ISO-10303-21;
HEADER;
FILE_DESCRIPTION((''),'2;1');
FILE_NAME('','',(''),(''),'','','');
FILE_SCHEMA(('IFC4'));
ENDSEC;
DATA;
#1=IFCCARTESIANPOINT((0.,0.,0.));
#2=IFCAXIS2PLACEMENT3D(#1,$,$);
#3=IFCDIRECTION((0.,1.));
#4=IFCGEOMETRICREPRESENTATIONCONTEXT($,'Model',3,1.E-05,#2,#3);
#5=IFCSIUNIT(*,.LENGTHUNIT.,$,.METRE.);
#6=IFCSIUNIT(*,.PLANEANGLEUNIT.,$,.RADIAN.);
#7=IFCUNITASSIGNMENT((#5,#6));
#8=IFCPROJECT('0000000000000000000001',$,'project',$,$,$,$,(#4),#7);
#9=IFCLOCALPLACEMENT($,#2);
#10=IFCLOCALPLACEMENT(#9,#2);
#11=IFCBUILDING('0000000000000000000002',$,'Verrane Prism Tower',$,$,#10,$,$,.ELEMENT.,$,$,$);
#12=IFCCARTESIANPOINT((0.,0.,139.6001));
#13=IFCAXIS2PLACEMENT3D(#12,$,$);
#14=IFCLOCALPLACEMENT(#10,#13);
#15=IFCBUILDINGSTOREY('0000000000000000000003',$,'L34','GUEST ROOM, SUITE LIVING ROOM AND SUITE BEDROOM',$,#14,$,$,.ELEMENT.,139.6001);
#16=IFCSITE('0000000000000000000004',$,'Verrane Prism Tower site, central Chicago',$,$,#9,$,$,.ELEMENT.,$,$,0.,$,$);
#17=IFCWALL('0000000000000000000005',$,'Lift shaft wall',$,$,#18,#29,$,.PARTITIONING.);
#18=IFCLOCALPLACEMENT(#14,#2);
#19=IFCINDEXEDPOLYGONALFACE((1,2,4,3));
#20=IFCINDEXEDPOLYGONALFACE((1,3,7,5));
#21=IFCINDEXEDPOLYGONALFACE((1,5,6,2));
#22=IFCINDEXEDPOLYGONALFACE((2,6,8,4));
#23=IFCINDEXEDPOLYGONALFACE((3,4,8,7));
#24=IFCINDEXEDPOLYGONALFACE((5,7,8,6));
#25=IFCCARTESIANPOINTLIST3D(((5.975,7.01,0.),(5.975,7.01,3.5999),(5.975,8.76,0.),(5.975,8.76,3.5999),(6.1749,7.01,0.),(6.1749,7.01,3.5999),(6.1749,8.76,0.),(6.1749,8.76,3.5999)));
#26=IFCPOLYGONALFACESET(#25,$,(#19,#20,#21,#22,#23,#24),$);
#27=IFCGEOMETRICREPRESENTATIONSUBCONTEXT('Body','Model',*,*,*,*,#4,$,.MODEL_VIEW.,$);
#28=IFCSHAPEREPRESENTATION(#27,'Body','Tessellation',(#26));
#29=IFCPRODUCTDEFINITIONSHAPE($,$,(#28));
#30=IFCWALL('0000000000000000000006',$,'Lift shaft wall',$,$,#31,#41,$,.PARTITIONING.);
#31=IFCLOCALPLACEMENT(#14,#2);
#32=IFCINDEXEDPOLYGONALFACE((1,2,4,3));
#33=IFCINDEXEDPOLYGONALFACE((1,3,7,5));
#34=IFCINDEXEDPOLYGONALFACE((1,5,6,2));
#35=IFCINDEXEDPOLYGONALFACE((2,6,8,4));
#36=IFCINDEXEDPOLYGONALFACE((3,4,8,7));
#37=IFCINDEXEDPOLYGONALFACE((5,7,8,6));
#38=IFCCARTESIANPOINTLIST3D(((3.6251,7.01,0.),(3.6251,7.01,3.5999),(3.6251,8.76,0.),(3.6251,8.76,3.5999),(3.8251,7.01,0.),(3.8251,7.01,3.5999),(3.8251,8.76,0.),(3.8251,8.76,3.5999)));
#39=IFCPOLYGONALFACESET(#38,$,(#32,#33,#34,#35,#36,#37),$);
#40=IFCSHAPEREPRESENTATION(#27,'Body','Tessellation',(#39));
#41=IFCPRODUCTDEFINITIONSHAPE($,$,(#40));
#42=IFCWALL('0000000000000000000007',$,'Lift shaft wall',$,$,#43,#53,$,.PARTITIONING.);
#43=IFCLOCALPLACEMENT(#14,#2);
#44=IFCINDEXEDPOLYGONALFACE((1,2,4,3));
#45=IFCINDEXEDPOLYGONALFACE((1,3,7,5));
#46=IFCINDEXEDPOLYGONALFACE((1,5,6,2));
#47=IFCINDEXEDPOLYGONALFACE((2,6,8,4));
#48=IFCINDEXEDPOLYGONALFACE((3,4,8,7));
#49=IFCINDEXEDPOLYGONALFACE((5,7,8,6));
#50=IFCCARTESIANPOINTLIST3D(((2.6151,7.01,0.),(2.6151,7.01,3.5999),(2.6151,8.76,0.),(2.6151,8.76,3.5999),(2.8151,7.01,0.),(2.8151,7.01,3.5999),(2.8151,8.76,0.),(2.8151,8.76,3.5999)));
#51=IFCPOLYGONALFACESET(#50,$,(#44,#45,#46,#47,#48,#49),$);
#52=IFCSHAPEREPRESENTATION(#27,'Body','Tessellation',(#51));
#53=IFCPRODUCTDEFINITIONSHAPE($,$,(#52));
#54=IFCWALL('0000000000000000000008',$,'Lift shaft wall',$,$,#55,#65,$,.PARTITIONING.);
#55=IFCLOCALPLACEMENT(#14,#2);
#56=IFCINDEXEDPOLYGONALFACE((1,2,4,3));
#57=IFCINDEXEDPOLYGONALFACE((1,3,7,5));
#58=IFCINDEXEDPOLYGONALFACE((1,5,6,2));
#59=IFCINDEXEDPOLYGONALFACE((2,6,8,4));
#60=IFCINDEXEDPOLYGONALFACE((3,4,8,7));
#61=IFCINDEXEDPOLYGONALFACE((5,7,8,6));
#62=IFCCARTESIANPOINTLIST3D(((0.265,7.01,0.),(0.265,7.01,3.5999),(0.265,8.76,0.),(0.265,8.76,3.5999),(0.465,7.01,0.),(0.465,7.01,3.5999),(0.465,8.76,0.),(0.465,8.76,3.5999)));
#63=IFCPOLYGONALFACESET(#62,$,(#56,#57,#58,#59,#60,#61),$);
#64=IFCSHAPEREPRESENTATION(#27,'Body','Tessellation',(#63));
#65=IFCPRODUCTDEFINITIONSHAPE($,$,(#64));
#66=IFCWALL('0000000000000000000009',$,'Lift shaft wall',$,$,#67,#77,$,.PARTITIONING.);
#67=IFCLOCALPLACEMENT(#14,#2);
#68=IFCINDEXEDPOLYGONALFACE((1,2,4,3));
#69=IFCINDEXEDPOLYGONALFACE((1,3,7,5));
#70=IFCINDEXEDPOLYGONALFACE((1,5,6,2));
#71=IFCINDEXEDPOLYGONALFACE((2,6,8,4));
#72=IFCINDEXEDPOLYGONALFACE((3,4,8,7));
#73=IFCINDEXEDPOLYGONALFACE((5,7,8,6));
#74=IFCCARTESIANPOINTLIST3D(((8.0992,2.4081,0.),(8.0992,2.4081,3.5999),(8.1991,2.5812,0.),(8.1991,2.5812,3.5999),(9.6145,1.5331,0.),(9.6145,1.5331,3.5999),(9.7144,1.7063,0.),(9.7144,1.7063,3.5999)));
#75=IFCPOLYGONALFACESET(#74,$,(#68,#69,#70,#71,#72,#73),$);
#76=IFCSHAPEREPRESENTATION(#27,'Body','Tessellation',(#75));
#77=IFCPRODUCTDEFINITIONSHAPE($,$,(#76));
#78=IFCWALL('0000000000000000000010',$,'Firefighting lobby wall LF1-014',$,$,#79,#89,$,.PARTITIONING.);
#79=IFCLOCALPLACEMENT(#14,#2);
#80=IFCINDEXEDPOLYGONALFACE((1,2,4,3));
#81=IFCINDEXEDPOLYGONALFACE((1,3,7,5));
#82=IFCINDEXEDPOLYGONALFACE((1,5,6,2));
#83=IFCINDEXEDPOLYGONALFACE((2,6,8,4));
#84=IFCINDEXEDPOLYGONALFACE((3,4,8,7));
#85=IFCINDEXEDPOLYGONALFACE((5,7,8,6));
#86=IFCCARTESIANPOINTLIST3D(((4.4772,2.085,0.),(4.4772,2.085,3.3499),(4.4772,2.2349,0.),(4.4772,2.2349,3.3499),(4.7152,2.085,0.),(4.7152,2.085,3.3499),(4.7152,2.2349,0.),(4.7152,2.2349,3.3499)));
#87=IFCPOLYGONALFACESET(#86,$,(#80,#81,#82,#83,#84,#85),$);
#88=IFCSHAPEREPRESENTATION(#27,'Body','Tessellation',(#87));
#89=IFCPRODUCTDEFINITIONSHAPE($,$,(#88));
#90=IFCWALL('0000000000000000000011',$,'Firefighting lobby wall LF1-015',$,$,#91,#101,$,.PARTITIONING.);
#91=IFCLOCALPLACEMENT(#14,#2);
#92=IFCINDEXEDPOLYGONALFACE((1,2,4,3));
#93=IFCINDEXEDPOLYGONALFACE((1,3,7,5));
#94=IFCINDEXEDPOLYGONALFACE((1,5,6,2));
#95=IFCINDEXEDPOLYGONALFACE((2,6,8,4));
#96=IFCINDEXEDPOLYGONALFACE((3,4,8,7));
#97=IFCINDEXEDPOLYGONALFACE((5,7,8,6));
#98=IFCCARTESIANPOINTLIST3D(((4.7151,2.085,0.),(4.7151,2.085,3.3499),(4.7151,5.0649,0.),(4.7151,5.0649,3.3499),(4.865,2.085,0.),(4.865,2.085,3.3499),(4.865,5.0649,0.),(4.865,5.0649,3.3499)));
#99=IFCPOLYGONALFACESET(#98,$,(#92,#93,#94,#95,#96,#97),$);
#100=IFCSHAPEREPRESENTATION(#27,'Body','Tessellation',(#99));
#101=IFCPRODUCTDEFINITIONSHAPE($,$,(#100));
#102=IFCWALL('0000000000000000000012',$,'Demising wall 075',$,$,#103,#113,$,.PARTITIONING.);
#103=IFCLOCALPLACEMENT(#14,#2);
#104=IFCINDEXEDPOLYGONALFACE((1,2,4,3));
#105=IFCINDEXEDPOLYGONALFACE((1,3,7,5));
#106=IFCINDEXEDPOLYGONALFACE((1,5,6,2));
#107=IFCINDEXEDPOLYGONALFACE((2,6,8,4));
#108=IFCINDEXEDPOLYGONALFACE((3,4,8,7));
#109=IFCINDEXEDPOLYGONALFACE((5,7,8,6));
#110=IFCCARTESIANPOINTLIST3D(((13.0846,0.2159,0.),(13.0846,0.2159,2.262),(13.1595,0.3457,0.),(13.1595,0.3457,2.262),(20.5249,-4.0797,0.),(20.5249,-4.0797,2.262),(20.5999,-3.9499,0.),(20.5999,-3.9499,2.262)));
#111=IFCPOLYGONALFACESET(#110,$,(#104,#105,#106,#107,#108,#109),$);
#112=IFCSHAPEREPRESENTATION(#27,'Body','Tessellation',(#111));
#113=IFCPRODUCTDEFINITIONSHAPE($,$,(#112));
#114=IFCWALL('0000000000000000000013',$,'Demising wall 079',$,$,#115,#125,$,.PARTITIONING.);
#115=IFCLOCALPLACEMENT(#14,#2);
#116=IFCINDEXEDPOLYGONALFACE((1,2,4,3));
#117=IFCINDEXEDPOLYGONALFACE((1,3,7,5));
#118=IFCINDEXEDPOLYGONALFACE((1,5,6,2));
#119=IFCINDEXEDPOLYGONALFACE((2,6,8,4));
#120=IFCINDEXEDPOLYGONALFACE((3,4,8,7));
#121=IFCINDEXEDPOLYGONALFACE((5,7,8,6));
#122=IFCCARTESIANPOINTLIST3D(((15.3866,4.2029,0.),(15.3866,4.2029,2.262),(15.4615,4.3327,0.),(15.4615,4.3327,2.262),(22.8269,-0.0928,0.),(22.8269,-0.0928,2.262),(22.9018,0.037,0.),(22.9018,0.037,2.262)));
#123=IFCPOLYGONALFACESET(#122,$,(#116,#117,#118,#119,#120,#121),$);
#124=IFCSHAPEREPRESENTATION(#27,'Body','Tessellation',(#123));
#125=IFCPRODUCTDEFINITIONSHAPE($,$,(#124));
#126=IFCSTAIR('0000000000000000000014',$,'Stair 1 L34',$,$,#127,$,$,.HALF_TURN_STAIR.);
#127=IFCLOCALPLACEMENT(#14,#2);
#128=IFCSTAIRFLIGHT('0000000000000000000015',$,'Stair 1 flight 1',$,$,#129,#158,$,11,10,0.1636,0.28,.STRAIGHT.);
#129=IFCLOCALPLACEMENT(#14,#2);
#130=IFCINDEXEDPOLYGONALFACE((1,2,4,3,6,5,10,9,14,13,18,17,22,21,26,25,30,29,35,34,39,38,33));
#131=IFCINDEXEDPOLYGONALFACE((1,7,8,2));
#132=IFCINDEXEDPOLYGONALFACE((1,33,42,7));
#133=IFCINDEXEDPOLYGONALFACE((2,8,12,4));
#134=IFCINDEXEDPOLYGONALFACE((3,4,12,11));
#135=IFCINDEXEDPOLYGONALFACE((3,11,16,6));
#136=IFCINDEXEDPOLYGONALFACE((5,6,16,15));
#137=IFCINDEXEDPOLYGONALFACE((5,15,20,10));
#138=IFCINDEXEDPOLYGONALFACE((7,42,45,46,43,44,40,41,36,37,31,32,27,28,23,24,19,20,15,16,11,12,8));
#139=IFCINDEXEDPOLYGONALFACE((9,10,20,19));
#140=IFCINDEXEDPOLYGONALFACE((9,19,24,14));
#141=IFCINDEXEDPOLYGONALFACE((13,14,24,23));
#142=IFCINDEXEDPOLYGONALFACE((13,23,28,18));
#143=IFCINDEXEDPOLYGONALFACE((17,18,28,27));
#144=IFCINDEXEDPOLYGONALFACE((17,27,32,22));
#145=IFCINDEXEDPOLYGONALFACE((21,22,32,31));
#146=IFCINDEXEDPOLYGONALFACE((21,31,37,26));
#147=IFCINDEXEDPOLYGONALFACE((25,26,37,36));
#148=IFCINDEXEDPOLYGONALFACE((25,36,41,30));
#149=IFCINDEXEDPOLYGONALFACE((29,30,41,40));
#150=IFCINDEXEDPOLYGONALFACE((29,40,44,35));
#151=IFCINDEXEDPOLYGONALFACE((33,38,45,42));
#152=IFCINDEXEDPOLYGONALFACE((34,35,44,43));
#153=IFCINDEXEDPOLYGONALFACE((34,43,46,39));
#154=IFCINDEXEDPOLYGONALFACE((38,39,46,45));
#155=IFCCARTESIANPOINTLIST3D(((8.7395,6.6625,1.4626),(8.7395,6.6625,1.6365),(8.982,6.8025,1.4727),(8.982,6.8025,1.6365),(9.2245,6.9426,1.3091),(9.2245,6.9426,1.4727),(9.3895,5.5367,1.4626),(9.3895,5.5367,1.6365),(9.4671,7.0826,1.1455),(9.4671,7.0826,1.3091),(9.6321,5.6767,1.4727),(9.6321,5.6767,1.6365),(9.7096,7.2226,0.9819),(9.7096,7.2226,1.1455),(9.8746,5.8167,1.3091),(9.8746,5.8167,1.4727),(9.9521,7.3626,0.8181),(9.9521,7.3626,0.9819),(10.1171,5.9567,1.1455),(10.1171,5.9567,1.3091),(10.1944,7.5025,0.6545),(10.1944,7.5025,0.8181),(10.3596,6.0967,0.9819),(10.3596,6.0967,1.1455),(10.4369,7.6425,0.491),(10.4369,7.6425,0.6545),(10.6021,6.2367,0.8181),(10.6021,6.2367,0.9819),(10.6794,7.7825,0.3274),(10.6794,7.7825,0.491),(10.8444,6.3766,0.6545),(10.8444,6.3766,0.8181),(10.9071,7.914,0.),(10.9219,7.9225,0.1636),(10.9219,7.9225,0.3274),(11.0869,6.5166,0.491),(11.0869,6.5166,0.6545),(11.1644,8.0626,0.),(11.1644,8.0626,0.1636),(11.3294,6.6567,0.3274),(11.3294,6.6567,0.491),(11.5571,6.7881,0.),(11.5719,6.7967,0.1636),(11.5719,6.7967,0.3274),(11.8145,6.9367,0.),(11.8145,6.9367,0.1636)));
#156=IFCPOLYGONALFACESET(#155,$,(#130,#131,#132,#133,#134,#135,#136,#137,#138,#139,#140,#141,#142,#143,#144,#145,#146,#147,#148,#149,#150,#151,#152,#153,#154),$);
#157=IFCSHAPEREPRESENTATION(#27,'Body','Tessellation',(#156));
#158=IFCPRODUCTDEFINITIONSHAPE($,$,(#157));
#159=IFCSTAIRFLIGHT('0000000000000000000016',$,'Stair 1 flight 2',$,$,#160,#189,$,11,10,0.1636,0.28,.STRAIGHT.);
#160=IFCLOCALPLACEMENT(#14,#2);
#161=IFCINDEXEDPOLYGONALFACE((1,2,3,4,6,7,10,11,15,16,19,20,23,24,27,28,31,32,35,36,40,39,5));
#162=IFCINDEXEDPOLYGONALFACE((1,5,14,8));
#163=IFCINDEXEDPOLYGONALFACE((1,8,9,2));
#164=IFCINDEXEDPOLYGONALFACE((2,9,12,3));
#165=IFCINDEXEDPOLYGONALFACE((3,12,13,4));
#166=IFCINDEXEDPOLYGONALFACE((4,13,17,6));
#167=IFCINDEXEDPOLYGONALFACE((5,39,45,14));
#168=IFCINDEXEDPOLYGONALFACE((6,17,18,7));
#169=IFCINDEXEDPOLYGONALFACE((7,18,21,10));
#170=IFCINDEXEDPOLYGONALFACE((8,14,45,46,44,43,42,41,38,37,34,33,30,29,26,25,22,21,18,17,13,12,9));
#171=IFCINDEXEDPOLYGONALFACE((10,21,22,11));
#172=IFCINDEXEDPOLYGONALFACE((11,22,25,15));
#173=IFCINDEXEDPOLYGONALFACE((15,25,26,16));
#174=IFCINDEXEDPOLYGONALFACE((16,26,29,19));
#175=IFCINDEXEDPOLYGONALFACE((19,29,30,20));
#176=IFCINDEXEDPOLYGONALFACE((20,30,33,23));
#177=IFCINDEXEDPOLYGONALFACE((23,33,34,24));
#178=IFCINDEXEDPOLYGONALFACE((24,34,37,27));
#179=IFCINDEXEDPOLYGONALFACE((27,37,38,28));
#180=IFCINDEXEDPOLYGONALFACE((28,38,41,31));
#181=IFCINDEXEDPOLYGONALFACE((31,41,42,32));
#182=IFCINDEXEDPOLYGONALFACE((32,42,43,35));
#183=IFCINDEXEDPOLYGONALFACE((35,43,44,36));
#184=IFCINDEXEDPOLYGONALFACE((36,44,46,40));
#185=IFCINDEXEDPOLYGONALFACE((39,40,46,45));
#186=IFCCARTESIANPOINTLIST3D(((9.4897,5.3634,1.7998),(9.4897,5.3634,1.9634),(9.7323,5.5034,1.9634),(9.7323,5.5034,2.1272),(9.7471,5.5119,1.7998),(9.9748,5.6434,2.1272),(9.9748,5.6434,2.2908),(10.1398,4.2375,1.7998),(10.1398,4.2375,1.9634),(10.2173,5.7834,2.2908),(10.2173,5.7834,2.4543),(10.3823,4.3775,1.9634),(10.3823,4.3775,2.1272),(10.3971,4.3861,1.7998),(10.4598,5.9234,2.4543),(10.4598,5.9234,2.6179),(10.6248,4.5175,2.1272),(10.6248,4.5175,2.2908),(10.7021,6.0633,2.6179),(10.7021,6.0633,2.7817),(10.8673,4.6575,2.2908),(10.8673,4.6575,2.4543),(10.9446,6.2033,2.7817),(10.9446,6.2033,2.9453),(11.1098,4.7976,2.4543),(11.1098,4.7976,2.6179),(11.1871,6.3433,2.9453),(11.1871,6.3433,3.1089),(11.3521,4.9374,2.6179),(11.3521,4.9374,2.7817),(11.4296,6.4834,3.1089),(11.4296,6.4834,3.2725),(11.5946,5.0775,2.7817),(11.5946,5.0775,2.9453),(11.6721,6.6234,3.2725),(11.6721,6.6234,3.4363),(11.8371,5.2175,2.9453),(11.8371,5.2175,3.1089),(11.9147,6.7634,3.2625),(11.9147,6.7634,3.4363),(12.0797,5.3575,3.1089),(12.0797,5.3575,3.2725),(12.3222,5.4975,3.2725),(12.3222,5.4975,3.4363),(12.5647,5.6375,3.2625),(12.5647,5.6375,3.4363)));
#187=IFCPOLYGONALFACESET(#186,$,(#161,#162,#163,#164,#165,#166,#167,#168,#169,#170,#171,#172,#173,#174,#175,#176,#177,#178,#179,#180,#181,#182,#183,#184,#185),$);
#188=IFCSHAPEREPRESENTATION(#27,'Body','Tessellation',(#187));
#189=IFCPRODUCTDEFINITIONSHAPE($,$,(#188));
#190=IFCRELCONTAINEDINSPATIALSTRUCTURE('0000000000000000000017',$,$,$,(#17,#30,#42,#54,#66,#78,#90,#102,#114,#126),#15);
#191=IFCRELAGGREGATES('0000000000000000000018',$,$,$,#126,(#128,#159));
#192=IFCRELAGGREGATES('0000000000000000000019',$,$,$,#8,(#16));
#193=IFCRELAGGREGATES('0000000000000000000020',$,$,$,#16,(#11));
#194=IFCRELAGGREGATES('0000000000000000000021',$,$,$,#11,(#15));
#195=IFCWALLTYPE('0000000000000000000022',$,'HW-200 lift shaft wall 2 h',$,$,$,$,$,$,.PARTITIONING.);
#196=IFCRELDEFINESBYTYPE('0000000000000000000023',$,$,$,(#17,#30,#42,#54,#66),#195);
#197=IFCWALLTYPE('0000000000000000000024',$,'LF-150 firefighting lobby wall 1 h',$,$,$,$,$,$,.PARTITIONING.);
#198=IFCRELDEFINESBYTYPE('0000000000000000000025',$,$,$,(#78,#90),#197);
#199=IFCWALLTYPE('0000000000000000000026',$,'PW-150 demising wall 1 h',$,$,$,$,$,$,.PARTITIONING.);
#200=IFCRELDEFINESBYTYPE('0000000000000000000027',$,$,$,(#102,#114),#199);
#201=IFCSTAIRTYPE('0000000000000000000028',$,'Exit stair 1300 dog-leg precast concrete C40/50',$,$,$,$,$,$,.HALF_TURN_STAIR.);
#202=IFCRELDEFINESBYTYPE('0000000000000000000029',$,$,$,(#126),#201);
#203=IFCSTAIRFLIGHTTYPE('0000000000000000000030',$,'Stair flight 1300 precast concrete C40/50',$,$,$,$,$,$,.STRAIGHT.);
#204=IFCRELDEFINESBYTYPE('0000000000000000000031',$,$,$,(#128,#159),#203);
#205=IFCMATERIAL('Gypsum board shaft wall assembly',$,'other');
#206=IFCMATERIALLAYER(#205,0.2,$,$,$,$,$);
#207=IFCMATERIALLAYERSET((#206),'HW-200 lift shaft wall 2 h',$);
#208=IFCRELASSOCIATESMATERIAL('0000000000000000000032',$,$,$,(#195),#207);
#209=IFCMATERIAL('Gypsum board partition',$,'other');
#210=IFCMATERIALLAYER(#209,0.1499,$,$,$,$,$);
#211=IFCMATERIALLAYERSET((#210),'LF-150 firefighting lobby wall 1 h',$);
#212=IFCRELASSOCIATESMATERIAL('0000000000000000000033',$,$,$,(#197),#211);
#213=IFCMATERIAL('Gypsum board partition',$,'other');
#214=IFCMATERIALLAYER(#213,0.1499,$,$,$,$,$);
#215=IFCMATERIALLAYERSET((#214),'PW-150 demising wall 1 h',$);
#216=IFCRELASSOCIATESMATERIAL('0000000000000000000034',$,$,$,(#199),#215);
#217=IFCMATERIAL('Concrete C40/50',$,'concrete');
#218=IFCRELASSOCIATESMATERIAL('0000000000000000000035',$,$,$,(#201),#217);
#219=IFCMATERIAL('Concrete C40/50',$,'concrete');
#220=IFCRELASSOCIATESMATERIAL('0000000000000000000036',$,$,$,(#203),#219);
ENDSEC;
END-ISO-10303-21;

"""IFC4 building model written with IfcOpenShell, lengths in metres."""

from ifc_helpers import new_model, si_unit, direction, frame, frame_2d, origin, place, context, subcontext, project, spatial, polyline, rectangle, outline, extrude, material, layer, layer_set, type_object, element, aggregate, save


model = new_model("IFC4")

# Units and contexts
model_context = context("Model", 3, precision=1e-05, world=origin(), true_north=direction((0.0, 1.0)))
body_context = subcontext(model_context, "Body", "Model", "MODEL_VIEW")
ifc_project = project(units=[si_unit("LENGTHUNIT", "METRE"), si_unit("PLANEANGLEUNIT", "RADIAN")], contexts=[model_context])

# Site, building, storey
site_placement = place(None, origin())
site = spatial("IfcSite", under=ifc_project, at=site_placement, Name="Verrane Prism Tower site, central Chicago", CompositionType="ELEMENT", RefElevation=0.0)
building_placement = place(site_placement, origin())
building = spatial("IfcBuilding", under=site, at=building_placement, Name="Verrane Prism Tower", CompositionType="ELEMENT")
storey_placement = place(building_placement, frame((0.0, 0.0, 139.6001)))
storey = spatial("IfcBuildingStorey", under=building, at=storey_placement, Name="L34", Description="GUEST ROOM, SUITE LIVING ROOM AND SUITE BEDROOM", CompositionType="ELEMENT", Elevation=139.6001)

# Shared definitions
ifc_material_1 = material(Name="Gypsum board shaft wall assembly", Category="other")
ifc_layer_1 = layer(ifc_material_1, 0.2)
ifc_layer_set_1 = layer_set([ifc_layer_1], Name="HW-200 lift shaft wall 2 h")
wall_type_1 = type_object("IfcWallType", Name="HW-200 lift shaft wall 2 h", PredefinedType="PARTITIONING", material=ifc_layer_set_1)

# Walls
for number, where, z_axis, x_axis, name in (
    (1, (6.075, 7.01, 0.0), (0.0, 0.0, 1.0), (0.0, 1.0, 0.0), "Lift shaft wall"),
    (2, (3.7251, 7.01, 0.0), (0.0, 0.0, 1.0), (0.0, 1.0, 0.0), "Lift shaft wall"),
    (3, (2.7151, 7.01, 0.0), (0.0, 0.0, 1.0), (0.0, 1.0, 0.0), "Lift shaft wall"),
    (4, (0.365, 7.01, 0.0), (0.0, 0.0, 1.0), (0.0, 1.0, 0.0), "Lift shaft wall"),
):
    element("IfcWall", number, at=place(storey_placement, frame(where, z_axis=z_axis, x_axis=x_axis)), inside=storey, type_object=wall_type_1, Name=name, PredefinedType="PARTITIONING", context=body_context, shape_type="SweptSolid", body=[
        extrude(rectangle(XDim=1.75, YDim=0.2, at=frame_2d((0.875, 0.0))), origin(), (0.0, 0.0, 1.0), 3.5999),
    ])
wall_1_placement = place(storey_placement, frame((9.6646, 1.6196, 0.0), z_axis=(0.0, 0.0, 1.0), x_axis=(-0.866002, 0.50004, 0.0)))
element("IfcWall", 5, at=wall_1_placement, inside=storey, type_object=wall_type_1, Name="Lift shaft wall", PredefinedType="PARTITIONING", context=body_context, shape_type="SweptSolid", body=[
    extrude(rectangle(XDim=1.7498, YDim=0.2, at=frame_2d((0.875, 0.0))), origin(), (0.0, 0.0, 1.0), 3.5999),
])
ifc_material_2 = material(Name="Gypsum board partition", Category="other")
ifc_layer_2 = layer(ifc_material_2, 0.1499)
ifc_layer_set_2 = layer_set([ifc_layer_2], Name="LF-150 firefighting lobby wall 1 h")
wall_type_2 = type_object("IfcWallType", Name="LF-150 firefighting lobby wall 1 h", PredefinedType="PARTITIONING", material=ifc_layer_set_2)
wall_2_placement = place(storey_placement, frame((4.4771, 2.1599, 0.0), z_axis=(0.0, 0.0, 1.0), x_axis=(1.0, 0.0, 0.0)))
element("IfcWall", 6, at=wall_2_placement, inside=storey, type_object=wall_type_2, Name="Firefighting lobby wall LF1-014", PredefinedType="PARTITIONING", context=body_context, shape_type="SweptSolid", body=[
    extrude(rectangle(XDim=0.238, YDim=0.1499, at=frame_2d((0.1191, 0.0))), origin(), (0.0, 0.0, 1.0), 3.3499),
])
wall_3_placement = place(storey_placement, frame((4.79, 2.085, 0.0), z_axis=(0.0, 0.0, 1.0), x_axis=(0.0, 1.0, 0.0)))
element("IfcWall", 7, at=wall_3_placement, inside=storey, type_object=wall_type_2, Name="Firefighting lobby wall LF1-015", PredefinedType="PARTITIONING", context=body_context, shape_type="SweptSolid", body=[
    extrude(rectangle(XDim=2.98, YDim=0.1499, at=frame_2d((1.49, 0.0))), origin(), (0.0, 0.0, 1.0), 3.3499),
])
ifc_material_3 = material(Name="Gypsum board partition", Category="other")
ifc_layer_3 = layer(ifc_material_3, 0.1499)
ifc_layer_set_3 = layer_set([ifc_layer_3], Name="PW-150 demising wall 1 h")
wall_type_3 = type_object("IfcWallType", Name="PW-150 demising wall 1 h", PredefinedType="PARTITIONING", material=ifc_layer_set_3)
for number, where, z_axis, x_axis, name in (
    (8, (13.1221, 0.2808, 0.0), (0.0, 0.0, 1.0), (0.866029, -0.499993, 0.0), "Demising wall 075"),
    (9, (15.4241, 4.2678, 0.0), (0.0, 0.0, 1.0), (0.866022, -0.500005, 0.0), "Demising wall 079"),
):
    element("IfcWall", number, at=place(storey_placement, frame(where, z_axis=z_axis, x_axis=x_axis)), inside=storey, type_object=wall_type_3, Name=name, PredefinedType="PARTITIONING", context=body_context, shape_type="SweptSolid", body=[
        extrude(rectangle(XDim=8.5913, YDim=0.1499, at=frame_2d((4.2957, 0.0))), origin(), (0.0, 0.0, 1.0), 2.262),
    ])

# Stair, stair flights
ifc_material_4 = material(Name="Concrete C40/50", Category="concrete")
stair_type = type_object("IfcStairType", Name="Exit stair 1300 dog-leg precast concrete C40/50", PredefinedType="HALF_TURN_STAIR", material=ifc_material_4)
stair_placement = place(storey_placement, origin())
stair = element("IfcStair", 10, at=stair_placement, inside=storey, type_object=stair_type, Name="Stair 1 L34", PredefinedType="HALF_TURN_STAIR")
ifc_material_5 = material(Name="Concrete C40/50", Category="concrete")
stair_flight_type = type_object("IfcStairFlightType", Name="Stair flight 1300 precast concrete C40/50", PredefinedType="STRAIGHT", material=ifc_material_5)
stair_flight_1_placement = place(storey_placement, frame((11.4895, 7.4995, 0.0), z_axis=(0.0, 0.0, 1.0), x_axis=(-0.866025, -0.5, 0.0)))
stair_flight_1 = element("IfcStairFlight", 11, at=stair_flight_1_placement, type_object=stair_flight_type, Name="Stair 1 flight 1", NumberOfRisers=11, NumberOfTreads=10, PredefinedType="STRAIGHT", RiserHeight=0.1636, TreadLength=0.28, context=body_context, shape_type="SweptSolid", body=[
    extrude(outline(polyline([(0.0, 0.0), (0.0, 0.1636), (0.28, 0.1636), (0.28, 0.3274), (0.5601, 0.3274), (0.5601, 0.491), (0.8401, 0.491), (0.8401, 0.6545), (1.1201, 0.6545), (1.1201, 0.8181), (1.3999, 0.8181), (1.3999, 0.9819), (1.6799, 0.9819), (1.6799, 1.1455), (1.96, 1.1455), (1.96, 1.3091), (2.24, 1.3091), (2.24, 1.4727), (2.52, 1.4727), (2.52, 1.6365), (2.8, 1.6365), (2.8, 1.8), (2.8, 1.4626), (0.2971, 0.0), (0.0, 0.0)])), frame((0.0, 0.6499, 0.0), z_axis=(0.0, -1.0, 0.0), x_axis=(1.0, 0.0, 0.0)), (0.0, 0.0, 1.0), 1.3),
])
stair_flight_2_placement = place(storey_placement, frame((9.8147, 4.8005, 1.7998), z_axis=(0.0, 0.0, 1.0), x_axis=(0.866025, 0.5, 0.0)))
stair_flight_2 = element("IfcStairFlight", 12, at=stair_flight_2_placement, type_object=stair_flight_type, Name="Stair 1 flight 2", NumberOfRisers=11, NumberOfTreads=10, PredefinedType="STRAIGHT", RiserHeight=0.1636, TreadLength=0.28, context=body_context, shape_type="SweptSolid", body=[
    extrude(outline(polyline([(0.0, 0.0), (0.0, 0.1636), (0.28, 0.1636), (0.28, 0.3274), (0.5601, 0.3274), (0.5601, 0.491), (0.8401, 0.491), (0.8401, 0.6545), (1.1201, 0.6545), (1.1201, 0.8181), (1.3999, 0.8181), (1.3999, 0.9819), (1.6799, 0.9819), (1.6799, 1.1455), (1.96, 1.1455), (1.96, 1.3091), (2.24, 1.3091), (2.24, 1.4727), (2.52, 1.4727), (2.52, 1.6365), (2.8, 1.6365), (2.8, 1.8), (2.8, 1.4626), (0.2971, 0.0), (0.0, 0.0)])), frame((0.0, 0.6499, 0.0), z_axis=(0.0, -1.0, 0.0), x_axis=(1.0, 0.0, 0.0)), (0.0, 0.0, 1.0), 1.3),
])
aggregate(stair, [stair_flight_1, stair_flight_2])

save(model, "model.ifc")
